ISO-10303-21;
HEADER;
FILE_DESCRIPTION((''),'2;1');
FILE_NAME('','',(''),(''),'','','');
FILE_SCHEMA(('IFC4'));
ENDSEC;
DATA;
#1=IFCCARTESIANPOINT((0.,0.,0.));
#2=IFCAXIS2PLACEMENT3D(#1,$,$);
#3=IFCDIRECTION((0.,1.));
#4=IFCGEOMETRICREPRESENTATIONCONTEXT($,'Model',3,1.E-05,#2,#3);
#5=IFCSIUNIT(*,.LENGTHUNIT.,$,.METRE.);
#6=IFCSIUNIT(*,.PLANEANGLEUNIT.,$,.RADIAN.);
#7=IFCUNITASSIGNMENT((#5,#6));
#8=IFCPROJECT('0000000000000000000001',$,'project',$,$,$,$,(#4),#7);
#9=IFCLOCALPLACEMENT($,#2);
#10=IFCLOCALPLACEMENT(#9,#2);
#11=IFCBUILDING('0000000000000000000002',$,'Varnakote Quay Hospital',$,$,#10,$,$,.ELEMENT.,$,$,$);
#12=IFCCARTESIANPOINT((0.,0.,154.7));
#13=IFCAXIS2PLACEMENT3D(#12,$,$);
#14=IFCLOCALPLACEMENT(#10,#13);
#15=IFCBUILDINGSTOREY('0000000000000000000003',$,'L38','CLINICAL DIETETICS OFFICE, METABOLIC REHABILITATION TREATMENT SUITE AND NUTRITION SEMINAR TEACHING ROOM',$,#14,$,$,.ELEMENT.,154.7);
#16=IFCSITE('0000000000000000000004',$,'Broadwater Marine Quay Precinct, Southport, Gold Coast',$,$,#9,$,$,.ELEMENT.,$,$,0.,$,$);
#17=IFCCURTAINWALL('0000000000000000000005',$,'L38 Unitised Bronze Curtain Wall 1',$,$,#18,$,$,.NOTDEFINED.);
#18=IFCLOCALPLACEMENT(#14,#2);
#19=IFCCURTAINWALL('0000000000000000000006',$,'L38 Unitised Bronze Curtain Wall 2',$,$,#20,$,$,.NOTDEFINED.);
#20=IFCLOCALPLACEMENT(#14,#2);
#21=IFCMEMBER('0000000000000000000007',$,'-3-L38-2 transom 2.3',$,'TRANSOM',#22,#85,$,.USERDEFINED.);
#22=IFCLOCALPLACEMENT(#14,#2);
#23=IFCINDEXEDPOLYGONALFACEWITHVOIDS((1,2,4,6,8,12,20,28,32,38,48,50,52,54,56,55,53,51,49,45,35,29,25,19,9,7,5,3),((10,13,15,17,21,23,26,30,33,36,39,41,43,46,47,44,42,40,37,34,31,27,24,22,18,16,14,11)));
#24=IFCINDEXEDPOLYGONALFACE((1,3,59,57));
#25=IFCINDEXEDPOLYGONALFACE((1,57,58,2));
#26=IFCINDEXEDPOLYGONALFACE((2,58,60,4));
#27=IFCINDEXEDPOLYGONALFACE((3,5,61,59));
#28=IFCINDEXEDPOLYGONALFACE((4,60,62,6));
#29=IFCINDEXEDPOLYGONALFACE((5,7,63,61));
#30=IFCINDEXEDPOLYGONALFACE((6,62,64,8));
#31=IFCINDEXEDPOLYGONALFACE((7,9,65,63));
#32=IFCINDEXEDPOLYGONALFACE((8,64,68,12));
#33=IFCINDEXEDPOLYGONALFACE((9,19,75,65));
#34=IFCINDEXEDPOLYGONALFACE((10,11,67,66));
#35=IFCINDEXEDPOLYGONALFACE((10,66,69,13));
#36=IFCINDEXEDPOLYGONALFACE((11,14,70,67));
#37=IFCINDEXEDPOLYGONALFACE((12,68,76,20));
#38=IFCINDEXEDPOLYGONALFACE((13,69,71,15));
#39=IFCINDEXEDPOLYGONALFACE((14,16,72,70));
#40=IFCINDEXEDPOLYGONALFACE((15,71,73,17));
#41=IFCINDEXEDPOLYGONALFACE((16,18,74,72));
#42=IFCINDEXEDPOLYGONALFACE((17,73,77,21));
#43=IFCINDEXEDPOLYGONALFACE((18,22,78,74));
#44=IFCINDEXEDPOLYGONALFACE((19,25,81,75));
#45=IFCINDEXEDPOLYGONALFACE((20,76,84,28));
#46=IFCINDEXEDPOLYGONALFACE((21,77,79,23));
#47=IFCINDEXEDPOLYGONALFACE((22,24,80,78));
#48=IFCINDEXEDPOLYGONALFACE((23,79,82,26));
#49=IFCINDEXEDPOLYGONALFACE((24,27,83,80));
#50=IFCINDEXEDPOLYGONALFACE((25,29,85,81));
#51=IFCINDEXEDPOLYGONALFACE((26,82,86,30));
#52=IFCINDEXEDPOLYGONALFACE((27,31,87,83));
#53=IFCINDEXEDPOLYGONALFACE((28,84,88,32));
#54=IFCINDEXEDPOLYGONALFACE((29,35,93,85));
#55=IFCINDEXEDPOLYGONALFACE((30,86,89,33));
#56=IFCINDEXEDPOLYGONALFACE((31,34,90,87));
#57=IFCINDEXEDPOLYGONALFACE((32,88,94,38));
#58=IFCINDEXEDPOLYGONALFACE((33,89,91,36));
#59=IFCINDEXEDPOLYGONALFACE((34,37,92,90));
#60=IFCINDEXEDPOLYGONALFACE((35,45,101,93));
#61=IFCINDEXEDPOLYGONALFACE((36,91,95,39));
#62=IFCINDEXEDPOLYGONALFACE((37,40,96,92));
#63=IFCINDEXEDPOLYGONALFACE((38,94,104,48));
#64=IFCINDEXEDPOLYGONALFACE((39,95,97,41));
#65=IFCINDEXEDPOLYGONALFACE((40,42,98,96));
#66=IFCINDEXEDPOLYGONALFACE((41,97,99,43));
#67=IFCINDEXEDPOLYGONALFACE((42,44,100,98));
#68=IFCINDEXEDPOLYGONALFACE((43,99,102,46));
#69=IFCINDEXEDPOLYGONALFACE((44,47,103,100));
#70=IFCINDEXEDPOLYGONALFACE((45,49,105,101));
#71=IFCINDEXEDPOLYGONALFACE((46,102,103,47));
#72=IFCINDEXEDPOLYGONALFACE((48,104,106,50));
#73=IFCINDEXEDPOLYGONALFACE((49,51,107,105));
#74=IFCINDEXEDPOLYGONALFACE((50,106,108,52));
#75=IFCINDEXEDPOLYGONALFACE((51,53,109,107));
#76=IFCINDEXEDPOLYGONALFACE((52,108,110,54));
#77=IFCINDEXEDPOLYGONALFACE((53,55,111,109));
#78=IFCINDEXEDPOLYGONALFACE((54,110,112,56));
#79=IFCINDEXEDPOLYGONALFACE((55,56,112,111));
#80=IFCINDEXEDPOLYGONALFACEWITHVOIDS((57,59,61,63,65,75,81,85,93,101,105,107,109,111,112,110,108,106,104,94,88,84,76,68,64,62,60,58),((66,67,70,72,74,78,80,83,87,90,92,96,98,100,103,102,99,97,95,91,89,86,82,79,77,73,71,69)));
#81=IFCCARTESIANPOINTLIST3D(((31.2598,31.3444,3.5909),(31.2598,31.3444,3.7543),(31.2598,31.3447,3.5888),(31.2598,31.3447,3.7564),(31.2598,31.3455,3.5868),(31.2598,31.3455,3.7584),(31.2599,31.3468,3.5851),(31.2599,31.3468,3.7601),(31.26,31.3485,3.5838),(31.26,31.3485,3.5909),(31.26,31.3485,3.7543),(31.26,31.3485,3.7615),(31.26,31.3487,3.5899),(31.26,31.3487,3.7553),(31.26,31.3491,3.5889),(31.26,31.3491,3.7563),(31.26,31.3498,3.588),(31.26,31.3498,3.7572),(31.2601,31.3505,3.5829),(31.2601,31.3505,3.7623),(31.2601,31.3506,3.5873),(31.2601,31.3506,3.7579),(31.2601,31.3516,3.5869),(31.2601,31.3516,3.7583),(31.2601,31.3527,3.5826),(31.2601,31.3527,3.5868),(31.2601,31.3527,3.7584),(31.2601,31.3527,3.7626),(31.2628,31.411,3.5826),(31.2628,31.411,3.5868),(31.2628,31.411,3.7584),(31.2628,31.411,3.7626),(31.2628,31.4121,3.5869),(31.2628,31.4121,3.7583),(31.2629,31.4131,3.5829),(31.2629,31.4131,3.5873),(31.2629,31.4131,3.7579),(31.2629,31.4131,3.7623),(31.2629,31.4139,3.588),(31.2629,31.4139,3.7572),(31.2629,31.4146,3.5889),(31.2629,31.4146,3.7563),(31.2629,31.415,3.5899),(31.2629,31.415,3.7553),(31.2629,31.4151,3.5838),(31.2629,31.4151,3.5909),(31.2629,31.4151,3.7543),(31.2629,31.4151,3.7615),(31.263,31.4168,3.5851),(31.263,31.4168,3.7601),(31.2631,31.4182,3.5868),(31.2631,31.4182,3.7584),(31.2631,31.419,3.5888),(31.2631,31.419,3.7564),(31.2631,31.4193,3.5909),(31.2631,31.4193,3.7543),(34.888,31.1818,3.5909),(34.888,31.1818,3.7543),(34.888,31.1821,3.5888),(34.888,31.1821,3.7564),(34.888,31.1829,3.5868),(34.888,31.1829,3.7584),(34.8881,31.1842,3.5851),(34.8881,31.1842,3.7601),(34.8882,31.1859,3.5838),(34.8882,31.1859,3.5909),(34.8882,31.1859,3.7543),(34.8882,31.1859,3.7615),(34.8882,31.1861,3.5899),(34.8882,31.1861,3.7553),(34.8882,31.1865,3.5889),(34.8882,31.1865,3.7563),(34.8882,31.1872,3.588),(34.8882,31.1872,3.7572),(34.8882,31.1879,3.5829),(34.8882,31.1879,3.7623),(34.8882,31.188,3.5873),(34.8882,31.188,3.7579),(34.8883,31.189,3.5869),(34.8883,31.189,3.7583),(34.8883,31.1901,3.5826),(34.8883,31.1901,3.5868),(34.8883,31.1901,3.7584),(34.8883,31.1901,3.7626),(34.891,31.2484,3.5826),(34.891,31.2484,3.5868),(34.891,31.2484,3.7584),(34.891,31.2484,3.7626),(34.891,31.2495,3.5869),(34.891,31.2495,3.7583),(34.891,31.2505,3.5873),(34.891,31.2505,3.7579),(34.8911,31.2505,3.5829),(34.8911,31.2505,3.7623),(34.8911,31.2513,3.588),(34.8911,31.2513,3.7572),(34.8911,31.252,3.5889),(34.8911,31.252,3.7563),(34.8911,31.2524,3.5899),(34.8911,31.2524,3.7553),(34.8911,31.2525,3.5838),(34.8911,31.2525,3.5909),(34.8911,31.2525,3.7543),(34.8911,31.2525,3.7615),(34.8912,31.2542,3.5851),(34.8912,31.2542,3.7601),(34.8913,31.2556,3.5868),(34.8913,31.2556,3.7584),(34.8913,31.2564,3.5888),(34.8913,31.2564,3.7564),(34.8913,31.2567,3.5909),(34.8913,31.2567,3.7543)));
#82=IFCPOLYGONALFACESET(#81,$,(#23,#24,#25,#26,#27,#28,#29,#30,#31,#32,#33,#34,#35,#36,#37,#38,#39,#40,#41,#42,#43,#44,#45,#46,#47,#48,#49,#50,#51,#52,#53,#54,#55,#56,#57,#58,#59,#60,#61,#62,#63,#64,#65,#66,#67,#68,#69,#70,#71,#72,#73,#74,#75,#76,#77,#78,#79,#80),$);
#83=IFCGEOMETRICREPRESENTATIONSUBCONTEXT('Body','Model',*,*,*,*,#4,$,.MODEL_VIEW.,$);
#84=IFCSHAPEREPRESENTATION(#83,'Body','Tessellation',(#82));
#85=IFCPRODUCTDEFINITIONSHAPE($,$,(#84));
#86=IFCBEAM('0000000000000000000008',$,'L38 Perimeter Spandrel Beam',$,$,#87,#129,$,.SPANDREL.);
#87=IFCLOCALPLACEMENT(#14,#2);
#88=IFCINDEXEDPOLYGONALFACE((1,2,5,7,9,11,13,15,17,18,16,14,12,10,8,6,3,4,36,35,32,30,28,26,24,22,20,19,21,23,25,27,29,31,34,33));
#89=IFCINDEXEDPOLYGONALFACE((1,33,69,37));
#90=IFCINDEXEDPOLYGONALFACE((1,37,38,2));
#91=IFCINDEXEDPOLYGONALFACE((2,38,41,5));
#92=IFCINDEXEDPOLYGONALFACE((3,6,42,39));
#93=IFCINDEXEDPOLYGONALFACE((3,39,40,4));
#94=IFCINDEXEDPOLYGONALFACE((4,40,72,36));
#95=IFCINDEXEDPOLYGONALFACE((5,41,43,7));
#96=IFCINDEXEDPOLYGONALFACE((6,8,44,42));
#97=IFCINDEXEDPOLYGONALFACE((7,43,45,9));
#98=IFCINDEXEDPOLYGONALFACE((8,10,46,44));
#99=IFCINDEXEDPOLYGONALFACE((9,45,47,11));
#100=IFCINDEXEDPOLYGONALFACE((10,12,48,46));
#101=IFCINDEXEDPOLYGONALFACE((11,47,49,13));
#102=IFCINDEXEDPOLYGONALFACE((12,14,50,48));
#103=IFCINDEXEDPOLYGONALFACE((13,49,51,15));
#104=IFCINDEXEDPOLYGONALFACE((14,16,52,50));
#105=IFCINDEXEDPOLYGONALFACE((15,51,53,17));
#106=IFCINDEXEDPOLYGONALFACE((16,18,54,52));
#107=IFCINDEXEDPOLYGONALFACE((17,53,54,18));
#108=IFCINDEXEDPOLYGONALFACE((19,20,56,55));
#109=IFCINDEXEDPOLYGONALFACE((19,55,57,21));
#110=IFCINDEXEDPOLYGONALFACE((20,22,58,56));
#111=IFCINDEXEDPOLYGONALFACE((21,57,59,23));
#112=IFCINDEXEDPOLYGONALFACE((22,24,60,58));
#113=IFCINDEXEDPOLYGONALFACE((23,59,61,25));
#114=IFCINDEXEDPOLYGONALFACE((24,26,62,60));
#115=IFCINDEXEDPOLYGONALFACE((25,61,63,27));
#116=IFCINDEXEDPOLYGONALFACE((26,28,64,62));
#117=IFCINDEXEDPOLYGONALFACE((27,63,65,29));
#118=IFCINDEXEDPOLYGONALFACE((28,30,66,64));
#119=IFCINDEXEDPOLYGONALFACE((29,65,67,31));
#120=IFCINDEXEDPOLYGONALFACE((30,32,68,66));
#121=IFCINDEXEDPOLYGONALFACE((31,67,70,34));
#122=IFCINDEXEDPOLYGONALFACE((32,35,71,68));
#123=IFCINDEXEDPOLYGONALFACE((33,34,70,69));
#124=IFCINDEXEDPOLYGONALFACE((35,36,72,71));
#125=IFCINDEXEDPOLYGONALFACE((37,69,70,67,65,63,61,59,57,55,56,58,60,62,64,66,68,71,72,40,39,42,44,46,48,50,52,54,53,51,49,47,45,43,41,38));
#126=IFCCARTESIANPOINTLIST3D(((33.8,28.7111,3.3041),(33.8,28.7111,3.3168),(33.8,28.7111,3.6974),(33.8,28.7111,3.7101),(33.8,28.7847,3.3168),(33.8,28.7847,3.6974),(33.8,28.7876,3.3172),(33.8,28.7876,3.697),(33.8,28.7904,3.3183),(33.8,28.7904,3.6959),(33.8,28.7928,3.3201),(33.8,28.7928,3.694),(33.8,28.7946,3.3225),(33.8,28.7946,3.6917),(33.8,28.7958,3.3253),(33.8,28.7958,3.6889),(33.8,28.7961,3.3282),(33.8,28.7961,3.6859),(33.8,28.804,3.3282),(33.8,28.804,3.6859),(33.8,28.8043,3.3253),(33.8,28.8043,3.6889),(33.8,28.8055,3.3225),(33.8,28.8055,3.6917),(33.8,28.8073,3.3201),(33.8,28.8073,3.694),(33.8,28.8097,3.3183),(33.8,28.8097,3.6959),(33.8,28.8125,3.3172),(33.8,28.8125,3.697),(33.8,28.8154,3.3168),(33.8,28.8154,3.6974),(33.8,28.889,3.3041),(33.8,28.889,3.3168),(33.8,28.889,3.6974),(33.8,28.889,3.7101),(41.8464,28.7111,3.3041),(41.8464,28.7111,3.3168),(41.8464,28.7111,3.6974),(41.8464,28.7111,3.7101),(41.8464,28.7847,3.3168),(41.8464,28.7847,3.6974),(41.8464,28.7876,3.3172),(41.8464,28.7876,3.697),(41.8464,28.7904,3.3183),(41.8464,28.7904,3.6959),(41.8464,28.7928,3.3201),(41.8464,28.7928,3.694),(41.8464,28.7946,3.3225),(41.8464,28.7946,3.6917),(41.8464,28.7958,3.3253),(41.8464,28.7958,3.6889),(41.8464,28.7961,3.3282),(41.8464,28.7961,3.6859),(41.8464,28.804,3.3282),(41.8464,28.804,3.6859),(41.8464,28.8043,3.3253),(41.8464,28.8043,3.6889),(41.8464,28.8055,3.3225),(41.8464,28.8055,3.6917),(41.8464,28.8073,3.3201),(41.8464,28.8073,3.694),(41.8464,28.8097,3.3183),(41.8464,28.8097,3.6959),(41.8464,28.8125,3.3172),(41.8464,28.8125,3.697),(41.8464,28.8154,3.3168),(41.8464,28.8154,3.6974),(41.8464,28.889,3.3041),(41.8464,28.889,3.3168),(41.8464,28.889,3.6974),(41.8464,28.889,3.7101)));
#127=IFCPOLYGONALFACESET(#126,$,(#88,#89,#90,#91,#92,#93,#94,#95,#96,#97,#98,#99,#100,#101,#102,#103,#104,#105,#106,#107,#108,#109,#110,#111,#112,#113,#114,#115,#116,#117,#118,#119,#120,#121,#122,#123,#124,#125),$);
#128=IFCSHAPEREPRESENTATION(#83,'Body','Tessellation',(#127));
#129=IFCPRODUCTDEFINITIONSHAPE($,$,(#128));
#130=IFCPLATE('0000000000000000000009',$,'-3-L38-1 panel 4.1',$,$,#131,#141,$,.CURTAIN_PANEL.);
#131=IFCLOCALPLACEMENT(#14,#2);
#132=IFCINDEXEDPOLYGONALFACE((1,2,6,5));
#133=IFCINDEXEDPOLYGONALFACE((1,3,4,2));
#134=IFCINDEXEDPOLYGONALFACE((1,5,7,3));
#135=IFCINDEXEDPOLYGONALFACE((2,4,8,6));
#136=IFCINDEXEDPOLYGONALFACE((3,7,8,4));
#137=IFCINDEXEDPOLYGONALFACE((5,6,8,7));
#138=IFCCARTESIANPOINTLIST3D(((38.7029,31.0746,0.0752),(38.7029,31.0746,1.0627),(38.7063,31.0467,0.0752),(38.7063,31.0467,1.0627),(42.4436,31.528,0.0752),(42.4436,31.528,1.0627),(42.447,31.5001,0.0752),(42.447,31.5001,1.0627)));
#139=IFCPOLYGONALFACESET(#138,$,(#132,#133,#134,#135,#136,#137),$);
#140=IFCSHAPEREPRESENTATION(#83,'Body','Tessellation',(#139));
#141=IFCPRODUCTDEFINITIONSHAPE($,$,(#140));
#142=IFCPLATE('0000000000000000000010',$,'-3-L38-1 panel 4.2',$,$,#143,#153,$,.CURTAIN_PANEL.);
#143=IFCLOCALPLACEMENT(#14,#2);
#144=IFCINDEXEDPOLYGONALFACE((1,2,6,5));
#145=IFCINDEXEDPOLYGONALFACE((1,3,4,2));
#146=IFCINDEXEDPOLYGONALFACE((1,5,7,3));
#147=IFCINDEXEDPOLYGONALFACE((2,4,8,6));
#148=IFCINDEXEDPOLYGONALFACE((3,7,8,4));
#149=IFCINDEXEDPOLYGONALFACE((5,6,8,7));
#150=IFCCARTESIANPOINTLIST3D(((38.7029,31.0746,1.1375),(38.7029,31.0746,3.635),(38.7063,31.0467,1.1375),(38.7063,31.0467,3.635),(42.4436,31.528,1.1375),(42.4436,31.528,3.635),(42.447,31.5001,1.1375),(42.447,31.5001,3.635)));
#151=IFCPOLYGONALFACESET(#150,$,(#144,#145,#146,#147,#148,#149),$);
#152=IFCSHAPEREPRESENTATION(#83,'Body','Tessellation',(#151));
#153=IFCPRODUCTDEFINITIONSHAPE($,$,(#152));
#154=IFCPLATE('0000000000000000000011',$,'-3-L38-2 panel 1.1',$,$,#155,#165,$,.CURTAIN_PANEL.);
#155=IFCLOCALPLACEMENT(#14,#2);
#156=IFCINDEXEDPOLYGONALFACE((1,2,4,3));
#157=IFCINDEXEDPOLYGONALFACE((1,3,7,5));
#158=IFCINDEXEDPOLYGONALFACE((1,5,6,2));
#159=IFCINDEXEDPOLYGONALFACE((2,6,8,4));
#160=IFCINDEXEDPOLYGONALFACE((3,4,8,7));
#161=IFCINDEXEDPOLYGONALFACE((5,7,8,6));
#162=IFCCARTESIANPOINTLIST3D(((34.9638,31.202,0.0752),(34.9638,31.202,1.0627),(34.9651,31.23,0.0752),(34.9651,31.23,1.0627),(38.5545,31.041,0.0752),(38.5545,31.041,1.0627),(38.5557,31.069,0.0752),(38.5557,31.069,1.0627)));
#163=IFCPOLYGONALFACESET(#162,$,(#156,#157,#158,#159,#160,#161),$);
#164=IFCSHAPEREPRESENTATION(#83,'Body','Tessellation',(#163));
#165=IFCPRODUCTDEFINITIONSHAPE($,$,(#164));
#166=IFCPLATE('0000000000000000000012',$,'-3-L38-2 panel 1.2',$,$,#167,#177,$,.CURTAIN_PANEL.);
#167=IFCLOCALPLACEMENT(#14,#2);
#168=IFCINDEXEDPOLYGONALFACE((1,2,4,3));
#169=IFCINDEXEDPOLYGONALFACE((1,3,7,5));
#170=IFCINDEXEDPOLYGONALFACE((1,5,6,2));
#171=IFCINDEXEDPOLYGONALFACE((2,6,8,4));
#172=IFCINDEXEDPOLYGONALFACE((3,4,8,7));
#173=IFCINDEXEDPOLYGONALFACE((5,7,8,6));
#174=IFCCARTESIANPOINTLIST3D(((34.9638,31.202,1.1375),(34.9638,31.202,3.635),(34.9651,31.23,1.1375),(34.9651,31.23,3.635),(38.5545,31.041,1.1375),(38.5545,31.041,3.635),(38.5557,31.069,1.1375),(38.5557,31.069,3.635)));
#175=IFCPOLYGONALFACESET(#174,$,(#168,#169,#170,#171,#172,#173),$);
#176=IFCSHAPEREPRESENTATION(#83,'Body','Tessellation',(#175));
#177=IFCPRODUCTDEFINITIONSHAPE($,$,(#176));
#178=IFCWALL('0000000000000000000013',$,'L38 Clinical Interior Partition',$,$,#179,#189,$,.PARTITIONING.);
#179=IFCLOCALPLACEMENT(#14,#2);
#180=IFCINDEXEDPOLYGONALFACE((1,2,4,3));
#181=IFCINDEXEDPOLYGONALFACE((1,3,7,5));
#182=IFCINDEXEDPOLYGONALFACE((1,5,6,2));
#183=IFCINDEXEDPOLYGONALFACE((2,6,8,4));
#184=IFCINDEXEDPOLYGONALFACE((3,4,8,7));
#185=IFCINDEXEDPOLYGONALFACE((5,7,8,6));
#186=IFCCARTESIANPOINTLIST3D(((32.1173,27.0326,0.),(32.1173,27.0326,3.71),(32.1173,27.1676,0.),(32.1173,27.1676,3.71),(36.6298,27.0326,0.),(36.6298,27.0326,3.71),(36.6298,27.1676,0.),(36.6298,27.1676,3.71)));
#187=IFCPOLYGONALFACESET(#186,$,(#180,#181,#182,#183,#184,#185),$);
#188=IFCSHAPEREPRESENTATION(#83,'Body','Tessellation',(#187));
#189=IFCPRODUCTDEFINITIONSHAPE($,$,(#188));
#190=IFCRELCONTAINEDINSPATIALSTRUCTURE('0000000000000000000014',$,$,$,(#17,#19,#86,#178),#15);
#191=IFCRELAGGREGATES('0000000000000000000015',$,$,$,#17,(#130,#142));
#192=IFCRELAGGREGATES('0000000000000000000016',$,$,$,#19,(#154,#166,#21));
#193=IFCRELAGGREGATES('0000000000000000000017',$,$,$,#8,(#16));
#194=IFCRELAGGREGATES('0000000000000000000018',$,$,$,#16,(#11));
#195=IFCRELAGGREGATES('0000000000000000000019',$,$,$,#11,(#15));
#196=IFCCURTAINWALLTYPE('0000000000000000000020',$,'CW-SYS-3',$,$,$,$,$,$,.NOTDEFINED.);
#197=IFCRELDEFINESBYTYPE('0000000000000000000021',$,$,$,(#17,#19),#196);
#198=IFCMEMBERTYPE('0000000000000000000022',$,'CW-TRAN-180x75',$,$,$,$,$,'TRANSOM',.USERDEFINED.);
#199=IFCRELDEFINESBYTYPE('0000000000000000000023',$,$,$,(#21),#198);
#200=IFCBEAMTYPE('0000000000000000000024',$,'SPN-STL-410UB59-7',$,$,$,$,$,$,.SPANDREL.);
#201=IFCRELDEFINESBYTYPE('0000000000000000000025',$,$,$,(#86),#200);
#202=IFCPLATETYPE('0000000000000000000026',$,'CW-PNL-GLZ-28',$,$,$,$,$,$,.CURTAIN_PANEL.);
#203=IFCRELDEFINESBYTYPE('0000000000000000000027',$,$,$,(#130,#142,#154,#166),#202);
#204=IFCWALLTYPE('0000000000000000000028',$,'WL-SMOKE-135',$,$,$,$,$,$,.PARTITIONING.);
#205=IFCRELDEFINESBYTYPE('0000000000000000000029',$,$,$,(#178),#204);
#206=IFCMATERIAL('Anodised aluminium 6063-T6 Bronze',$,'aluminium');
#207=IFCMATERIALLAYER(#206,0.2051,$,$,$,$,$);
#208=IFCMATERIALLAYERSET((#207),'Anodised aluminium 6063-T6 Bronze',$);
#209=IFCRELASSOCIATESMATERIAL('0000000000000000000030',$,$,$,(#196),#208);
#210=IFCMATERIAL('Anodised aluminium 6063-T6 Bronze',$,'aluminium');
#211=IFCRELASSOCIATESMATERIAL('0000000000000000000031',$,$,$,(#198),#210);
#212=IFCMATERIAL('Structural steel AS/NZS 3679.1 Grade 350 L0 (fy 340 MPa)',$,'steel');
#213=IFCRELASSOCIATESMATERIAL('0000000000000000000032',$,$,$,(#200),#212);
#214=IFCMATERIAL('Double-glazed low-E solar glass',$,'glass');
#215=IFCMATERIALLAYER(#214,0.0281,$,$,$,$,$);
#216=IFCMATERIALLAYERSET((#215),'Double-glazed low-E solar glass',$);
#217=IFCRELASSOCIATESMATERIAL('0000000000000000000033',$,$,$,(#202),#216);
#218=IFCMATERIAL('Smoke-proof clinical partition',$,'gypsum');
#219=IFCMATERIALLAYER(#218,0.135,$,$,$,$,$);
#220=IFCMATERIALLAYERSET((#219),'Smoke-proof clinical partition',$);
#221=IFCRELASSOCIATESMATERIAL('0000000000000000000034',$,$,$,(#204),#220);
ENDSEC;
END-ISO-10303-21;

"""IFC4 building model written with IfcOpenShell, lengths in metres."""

from ifc_helpers import new_model, si_unit, direction, frame, frame_2d, origin, origin_2d, place, context, subcontext, project, spatial, rectangle, hollow_rectangle, i_section, extrude, material, layer, layer_set, material_profile, profile_set, type_object, element, aggregate, save


model = new_model("IFC4")

# Units and contexts
model_context = context("Model", 3, precision=1e-05, world=origin(), true_north=direction((0.0, 1.0)))
body_context = subcontext(model_context, "Body", "Model", "MODEL_VIEW")
ifc_project = project(units=[si_unit("LENGTHUNIT", "METRE"), si_unit("PLANEANGLEUNIT", "RADIAN")], contexts=[model_context])

# Site, building, storey
site_placement = place(None, origin())
site = spatial("IfcSite", under=ifc_project, at=site_placement, Name="Broadwater Marine Quay Precinct, Southport, Gold Coast", CompositionType="ELEMENT", RefElevation=0.0)
building_placement = place(site_placement, origin())
building = spatial("IfcBuilding", under=site, at=building_placement, Name="Varnakote Quay Hospital", CompositionType="ELEMENT")
storey_placement = place(building_placement, frame((0.0, 0.0, 154.7)))
storey = spatial("IfcBuildingStorey", under=building, at=storey_placement, Name="L38", Description="CLINICAL DIETETICS OFFICE, METABOLIC REHABILITATION TREATMENT SUITE AND NUTRITION SEMINAR TEACHING ROOM", CompositionType="ELEMENT", Elevation=154.7)

# Curtain wall
ifc_material_1 = material(Name="Anodised aluminium 6063-T6 Bronze", Category="aluminium")
ifc_layer_1 = layer(ifc_material_1, 0.2051)
ifc_layer_set_1 = layer_set([ifc_layer_1], Name="Anodised aluminium 6063-T6 Bronze")
curtain_wall_type = type_object("IfcCurtainWallType", Name="CW-SYS-3", PredefinedType="NOTDEFINED", material=ifc_layer_set_1)
curtain_wall_1_placement = place(storey_placement, origin())
curtain_wall_1 = element("IfcCurtainWall", 1, at=curtain_wall_1_placement, inside=storey, type_object=curtain_wall_type, Name="L38 Unitised Bronze Curtain Wall 1", PredefinedType="NOTDEFINED")

# Curtain wall, member
curtain_wall_2_placement = place(storey_placement, origin())
curtain_wall_2 = element("IfcCurtainWall", 2, at=curtain_wall_2_placement, inside=storey, type_object=curtain_wall_type, Name="L38 Unitised Bronze Curtain Wall 2", PredefinedType="NOTDEFINED")
ifc_material_2 = material(Name="Anodised aluminium 6063-T6 Bronze", Category="aluminium")
ifc_material_profile_1 = material_profile(ifc_material_2, hollow_rectangle(XDim=0.075, YDim=0.1799, WallThickness=0.0042, InnerFilletRadius=0.0042, OuterFilletRadius=0.0083, at=origin_2d()), Name="CW-TRAN-180x75")
ifc_profile_set_1 = profile_set([ifc_material_profile_1], Name="Anodised aluminium 6063-T6 Bronze")
member_type_1 = type_object("IfcMemberType", Name="CW-TRAN-180x75", ElementType="TRANSOM", PredefinedType="USERDEFINED", material=ifc_profile_set_1)
member_1_placement = place(storey_placement, frame((34.8896, 31.2192, 3.6726), z_axis=(-0.998997, 0.04477, 0.0), x_axis=(-0.04477, -0.998997, 0.0)))
member_1 = element("IfcMember", 3, at=member_1_placement, type_object=member_type_1, Name="-3-L38-2 transom 2.3", ObjectType="TRANSOM", PredefinedType="USERDEFINED", context=body_context, shape_type="SweptSolid", body=[
    extrude(hollow_rectangle(XDim=0.075, YDim=0.1799, WallThickness=0.0042, InnerFilletRadius=0.0042, OuterFilletRadius=0.0083, at=origin_2d()), origin(), (0.0, 0.0, 1.0), 3.6318),
])

# Beam
ifc_material_3 = material(Name="Structural steel AS/NZS 3679.1 Grade 350 L0 (fy 340 MPa)", Category="steel")
ifc_material_profile_2 = material_profile(ifc_material_3, i_section(OverallWidth=0.178, OverallDepth=0.406, WebThickness=0.0078, FlangeThickness=0.0127, FilletRadius=0.0115, at=origin_2d()), Name="410UB59.7")
ifc_profile_set_2 = profile_set([ifc_material_profile_2], Name="Structural steel AS/NZS 3679.1 Grade 350 L0 (fy 340 MPa)")
beam_type = type_object("IfcBeamType", Name="SPN-STL-410UB59-7", PredefinedType="SPANDREL", material=ifc_profile_set_2)
beam_placement = place(storey_placement, frame((33.8, 28.8, 3.5071), z_axis=(1.0, 0.0, 0.0), x_axis=(0.0, 1.0, 0.0)))
element("IfcBeam", 4, at=beam_placement, inside=storey, type_object=beam_type, Name="L38 Perimeter Spandrel Beam", PredefinedType="SPANDREL", context=body_context, shape_type="SweptSolid", body=[
    extrude(i_section(OverallWidth=0.178, OverallDepth=0.406, WebThickness=0.0078, FlangeThickness=0.0127, FilletRadius=0.0115, at=origin_2d()), origin(), (0.0, 0.0, 1.0), 8.0464),
])

# Plates
ifc_material_4 = material(Name="Double-glazed low-E solar glass", Category="glass")
ifc_layer_2 = layer(ifc_material_4, 0.0281)
ifc_layer_set_2 = layer_set([ifc_layer_2], Name="Double-glazed low-E solar glass")
plate_type = type_object("IfcPlateType", Name="CW-PNL-GLZ-28", PredefinedType="CURTAIN_PANEL", material=ifc_layer_set_2)
plate_1_placement = place(storey_placement, frame((40.575, 31.2874, 0.0752), z_axis=(0.0, 0.0, 1.0), x_axis=(-0.992734, -0.120327, 0.0)))
plate_1 = element("IfcPlate", 5, at=plate_1_placement, type_object=plate_type, Name="-3-L38-1 panel 4.1", PredefinedType="CURTAIN_PANEL", context=body_context, shape_type="SweptSolid", body=[
    extrude(rectangle(XDim=3.7681, YDim=0.0281, at=origin_2d()), origin(), (0.0, 0.0, 1.0), 0.9875),
])
plate_2_placement = place(storey_placement, frame((40.575, 31.2874, 1.1375), z_axis=(0.0, 0.0, 1.0), x_axis=(-0.992734, -0.120327, 0.0)))
plate_2 = element("IfcPlate", 6, at=plate_2_placement, type_object=plate_type, Name="-3-L38-1 panel 4.2", PredefinedType="CURTAIN_PANEL", context=body_context, shape_type="SweptSolid", body=[
    extrude(rectangle(XDim=3.7681, YDim=0.0281, at=origin_2d()), origin(), (0.0, 0.0, 1.0), 2.4976),
])
aggregate(curtain_wall_1, [plate_1, plate_2])
plate_3_placement = place(storey_placement, frame((36.7598, 31.1355, 0.0752), z_axis=(0.0, 0.0, 1.0), x_axis=(-0.998997, 0.044782, 0.0)))
plate_3 = element("IfcPlate", 7, at=plate_3_placement, type_object=plate_type, Name="-3-L38-2 panel 1.1", PredefinedType="CURTAIN_PANEL", context=body_context, shape_type="SweptSolid", body=[
    extrude(rectangle(XDim=3.5942, YDim=0.0281, at=origin_2d()), origin(), (0.0, 0.0, 1.0), 0.9875),
])
plate_4_placement = place(storey_placement, frame((36.7598, 31.1355, 1.1375), z_axis=(0.0, 0.0, 1.0), x_axis=(-0.998997, 0.044782, 0.0)))
plate_4 = element("IfcPlate", 8, at=plate_4_placement, type_object=plate_type, Name="-3-L38-2 panel 1.2", PredefinedType="CURTAIN_PANEL", context=body_context, shape_type="SweptSolid", body=[
    extrude(rectangle(XDim=3.5942, YDim=0.0281, at=origin_2d()), origin(), (0.0, 0.0, 1.0), 2.4976),
])
aggregate(curtain_wall_2, [plate_3, plate_4, member_1])

# Wall
ifc_material_5 = material(Name="Smoke-proof clinical partition", Category="gypsum")
ifc_layer_3 = layer(ifc_material_5, 0.135)
ifc_layer_set_3 = layer_set([ifc_layer_3], Name="Smoke-proof clinical partition")
wall_type = type_object("IfcWallType", Name="WL-SMOKE-135", PredefinedType="PARTITIONING", material=ifc_layer_set_3)
wall_1_placement = place(storey_placement, frame((36.6299, 27.1001, 0.0), z_axis=(0.0, 0.0, 1.0), x_axis=(-1.0, 0.0, 0.0)))
element("IfcWall", 9, at=wall_1_placement, inside=storey, type_object=wall_type, Name="L38 Clinical Interior Partition", PredefinedType="PARTITIONING", context=body_context, shape_type="SweptSolid", body=[
    extrude(rectangle(XDim=4.5125, YDim=0.135, at=frame_2d((2.2563, 0.0))), origin(), (0.0, 0.0, 1.0), 3.71),
])

save(model, "model.ifc")
